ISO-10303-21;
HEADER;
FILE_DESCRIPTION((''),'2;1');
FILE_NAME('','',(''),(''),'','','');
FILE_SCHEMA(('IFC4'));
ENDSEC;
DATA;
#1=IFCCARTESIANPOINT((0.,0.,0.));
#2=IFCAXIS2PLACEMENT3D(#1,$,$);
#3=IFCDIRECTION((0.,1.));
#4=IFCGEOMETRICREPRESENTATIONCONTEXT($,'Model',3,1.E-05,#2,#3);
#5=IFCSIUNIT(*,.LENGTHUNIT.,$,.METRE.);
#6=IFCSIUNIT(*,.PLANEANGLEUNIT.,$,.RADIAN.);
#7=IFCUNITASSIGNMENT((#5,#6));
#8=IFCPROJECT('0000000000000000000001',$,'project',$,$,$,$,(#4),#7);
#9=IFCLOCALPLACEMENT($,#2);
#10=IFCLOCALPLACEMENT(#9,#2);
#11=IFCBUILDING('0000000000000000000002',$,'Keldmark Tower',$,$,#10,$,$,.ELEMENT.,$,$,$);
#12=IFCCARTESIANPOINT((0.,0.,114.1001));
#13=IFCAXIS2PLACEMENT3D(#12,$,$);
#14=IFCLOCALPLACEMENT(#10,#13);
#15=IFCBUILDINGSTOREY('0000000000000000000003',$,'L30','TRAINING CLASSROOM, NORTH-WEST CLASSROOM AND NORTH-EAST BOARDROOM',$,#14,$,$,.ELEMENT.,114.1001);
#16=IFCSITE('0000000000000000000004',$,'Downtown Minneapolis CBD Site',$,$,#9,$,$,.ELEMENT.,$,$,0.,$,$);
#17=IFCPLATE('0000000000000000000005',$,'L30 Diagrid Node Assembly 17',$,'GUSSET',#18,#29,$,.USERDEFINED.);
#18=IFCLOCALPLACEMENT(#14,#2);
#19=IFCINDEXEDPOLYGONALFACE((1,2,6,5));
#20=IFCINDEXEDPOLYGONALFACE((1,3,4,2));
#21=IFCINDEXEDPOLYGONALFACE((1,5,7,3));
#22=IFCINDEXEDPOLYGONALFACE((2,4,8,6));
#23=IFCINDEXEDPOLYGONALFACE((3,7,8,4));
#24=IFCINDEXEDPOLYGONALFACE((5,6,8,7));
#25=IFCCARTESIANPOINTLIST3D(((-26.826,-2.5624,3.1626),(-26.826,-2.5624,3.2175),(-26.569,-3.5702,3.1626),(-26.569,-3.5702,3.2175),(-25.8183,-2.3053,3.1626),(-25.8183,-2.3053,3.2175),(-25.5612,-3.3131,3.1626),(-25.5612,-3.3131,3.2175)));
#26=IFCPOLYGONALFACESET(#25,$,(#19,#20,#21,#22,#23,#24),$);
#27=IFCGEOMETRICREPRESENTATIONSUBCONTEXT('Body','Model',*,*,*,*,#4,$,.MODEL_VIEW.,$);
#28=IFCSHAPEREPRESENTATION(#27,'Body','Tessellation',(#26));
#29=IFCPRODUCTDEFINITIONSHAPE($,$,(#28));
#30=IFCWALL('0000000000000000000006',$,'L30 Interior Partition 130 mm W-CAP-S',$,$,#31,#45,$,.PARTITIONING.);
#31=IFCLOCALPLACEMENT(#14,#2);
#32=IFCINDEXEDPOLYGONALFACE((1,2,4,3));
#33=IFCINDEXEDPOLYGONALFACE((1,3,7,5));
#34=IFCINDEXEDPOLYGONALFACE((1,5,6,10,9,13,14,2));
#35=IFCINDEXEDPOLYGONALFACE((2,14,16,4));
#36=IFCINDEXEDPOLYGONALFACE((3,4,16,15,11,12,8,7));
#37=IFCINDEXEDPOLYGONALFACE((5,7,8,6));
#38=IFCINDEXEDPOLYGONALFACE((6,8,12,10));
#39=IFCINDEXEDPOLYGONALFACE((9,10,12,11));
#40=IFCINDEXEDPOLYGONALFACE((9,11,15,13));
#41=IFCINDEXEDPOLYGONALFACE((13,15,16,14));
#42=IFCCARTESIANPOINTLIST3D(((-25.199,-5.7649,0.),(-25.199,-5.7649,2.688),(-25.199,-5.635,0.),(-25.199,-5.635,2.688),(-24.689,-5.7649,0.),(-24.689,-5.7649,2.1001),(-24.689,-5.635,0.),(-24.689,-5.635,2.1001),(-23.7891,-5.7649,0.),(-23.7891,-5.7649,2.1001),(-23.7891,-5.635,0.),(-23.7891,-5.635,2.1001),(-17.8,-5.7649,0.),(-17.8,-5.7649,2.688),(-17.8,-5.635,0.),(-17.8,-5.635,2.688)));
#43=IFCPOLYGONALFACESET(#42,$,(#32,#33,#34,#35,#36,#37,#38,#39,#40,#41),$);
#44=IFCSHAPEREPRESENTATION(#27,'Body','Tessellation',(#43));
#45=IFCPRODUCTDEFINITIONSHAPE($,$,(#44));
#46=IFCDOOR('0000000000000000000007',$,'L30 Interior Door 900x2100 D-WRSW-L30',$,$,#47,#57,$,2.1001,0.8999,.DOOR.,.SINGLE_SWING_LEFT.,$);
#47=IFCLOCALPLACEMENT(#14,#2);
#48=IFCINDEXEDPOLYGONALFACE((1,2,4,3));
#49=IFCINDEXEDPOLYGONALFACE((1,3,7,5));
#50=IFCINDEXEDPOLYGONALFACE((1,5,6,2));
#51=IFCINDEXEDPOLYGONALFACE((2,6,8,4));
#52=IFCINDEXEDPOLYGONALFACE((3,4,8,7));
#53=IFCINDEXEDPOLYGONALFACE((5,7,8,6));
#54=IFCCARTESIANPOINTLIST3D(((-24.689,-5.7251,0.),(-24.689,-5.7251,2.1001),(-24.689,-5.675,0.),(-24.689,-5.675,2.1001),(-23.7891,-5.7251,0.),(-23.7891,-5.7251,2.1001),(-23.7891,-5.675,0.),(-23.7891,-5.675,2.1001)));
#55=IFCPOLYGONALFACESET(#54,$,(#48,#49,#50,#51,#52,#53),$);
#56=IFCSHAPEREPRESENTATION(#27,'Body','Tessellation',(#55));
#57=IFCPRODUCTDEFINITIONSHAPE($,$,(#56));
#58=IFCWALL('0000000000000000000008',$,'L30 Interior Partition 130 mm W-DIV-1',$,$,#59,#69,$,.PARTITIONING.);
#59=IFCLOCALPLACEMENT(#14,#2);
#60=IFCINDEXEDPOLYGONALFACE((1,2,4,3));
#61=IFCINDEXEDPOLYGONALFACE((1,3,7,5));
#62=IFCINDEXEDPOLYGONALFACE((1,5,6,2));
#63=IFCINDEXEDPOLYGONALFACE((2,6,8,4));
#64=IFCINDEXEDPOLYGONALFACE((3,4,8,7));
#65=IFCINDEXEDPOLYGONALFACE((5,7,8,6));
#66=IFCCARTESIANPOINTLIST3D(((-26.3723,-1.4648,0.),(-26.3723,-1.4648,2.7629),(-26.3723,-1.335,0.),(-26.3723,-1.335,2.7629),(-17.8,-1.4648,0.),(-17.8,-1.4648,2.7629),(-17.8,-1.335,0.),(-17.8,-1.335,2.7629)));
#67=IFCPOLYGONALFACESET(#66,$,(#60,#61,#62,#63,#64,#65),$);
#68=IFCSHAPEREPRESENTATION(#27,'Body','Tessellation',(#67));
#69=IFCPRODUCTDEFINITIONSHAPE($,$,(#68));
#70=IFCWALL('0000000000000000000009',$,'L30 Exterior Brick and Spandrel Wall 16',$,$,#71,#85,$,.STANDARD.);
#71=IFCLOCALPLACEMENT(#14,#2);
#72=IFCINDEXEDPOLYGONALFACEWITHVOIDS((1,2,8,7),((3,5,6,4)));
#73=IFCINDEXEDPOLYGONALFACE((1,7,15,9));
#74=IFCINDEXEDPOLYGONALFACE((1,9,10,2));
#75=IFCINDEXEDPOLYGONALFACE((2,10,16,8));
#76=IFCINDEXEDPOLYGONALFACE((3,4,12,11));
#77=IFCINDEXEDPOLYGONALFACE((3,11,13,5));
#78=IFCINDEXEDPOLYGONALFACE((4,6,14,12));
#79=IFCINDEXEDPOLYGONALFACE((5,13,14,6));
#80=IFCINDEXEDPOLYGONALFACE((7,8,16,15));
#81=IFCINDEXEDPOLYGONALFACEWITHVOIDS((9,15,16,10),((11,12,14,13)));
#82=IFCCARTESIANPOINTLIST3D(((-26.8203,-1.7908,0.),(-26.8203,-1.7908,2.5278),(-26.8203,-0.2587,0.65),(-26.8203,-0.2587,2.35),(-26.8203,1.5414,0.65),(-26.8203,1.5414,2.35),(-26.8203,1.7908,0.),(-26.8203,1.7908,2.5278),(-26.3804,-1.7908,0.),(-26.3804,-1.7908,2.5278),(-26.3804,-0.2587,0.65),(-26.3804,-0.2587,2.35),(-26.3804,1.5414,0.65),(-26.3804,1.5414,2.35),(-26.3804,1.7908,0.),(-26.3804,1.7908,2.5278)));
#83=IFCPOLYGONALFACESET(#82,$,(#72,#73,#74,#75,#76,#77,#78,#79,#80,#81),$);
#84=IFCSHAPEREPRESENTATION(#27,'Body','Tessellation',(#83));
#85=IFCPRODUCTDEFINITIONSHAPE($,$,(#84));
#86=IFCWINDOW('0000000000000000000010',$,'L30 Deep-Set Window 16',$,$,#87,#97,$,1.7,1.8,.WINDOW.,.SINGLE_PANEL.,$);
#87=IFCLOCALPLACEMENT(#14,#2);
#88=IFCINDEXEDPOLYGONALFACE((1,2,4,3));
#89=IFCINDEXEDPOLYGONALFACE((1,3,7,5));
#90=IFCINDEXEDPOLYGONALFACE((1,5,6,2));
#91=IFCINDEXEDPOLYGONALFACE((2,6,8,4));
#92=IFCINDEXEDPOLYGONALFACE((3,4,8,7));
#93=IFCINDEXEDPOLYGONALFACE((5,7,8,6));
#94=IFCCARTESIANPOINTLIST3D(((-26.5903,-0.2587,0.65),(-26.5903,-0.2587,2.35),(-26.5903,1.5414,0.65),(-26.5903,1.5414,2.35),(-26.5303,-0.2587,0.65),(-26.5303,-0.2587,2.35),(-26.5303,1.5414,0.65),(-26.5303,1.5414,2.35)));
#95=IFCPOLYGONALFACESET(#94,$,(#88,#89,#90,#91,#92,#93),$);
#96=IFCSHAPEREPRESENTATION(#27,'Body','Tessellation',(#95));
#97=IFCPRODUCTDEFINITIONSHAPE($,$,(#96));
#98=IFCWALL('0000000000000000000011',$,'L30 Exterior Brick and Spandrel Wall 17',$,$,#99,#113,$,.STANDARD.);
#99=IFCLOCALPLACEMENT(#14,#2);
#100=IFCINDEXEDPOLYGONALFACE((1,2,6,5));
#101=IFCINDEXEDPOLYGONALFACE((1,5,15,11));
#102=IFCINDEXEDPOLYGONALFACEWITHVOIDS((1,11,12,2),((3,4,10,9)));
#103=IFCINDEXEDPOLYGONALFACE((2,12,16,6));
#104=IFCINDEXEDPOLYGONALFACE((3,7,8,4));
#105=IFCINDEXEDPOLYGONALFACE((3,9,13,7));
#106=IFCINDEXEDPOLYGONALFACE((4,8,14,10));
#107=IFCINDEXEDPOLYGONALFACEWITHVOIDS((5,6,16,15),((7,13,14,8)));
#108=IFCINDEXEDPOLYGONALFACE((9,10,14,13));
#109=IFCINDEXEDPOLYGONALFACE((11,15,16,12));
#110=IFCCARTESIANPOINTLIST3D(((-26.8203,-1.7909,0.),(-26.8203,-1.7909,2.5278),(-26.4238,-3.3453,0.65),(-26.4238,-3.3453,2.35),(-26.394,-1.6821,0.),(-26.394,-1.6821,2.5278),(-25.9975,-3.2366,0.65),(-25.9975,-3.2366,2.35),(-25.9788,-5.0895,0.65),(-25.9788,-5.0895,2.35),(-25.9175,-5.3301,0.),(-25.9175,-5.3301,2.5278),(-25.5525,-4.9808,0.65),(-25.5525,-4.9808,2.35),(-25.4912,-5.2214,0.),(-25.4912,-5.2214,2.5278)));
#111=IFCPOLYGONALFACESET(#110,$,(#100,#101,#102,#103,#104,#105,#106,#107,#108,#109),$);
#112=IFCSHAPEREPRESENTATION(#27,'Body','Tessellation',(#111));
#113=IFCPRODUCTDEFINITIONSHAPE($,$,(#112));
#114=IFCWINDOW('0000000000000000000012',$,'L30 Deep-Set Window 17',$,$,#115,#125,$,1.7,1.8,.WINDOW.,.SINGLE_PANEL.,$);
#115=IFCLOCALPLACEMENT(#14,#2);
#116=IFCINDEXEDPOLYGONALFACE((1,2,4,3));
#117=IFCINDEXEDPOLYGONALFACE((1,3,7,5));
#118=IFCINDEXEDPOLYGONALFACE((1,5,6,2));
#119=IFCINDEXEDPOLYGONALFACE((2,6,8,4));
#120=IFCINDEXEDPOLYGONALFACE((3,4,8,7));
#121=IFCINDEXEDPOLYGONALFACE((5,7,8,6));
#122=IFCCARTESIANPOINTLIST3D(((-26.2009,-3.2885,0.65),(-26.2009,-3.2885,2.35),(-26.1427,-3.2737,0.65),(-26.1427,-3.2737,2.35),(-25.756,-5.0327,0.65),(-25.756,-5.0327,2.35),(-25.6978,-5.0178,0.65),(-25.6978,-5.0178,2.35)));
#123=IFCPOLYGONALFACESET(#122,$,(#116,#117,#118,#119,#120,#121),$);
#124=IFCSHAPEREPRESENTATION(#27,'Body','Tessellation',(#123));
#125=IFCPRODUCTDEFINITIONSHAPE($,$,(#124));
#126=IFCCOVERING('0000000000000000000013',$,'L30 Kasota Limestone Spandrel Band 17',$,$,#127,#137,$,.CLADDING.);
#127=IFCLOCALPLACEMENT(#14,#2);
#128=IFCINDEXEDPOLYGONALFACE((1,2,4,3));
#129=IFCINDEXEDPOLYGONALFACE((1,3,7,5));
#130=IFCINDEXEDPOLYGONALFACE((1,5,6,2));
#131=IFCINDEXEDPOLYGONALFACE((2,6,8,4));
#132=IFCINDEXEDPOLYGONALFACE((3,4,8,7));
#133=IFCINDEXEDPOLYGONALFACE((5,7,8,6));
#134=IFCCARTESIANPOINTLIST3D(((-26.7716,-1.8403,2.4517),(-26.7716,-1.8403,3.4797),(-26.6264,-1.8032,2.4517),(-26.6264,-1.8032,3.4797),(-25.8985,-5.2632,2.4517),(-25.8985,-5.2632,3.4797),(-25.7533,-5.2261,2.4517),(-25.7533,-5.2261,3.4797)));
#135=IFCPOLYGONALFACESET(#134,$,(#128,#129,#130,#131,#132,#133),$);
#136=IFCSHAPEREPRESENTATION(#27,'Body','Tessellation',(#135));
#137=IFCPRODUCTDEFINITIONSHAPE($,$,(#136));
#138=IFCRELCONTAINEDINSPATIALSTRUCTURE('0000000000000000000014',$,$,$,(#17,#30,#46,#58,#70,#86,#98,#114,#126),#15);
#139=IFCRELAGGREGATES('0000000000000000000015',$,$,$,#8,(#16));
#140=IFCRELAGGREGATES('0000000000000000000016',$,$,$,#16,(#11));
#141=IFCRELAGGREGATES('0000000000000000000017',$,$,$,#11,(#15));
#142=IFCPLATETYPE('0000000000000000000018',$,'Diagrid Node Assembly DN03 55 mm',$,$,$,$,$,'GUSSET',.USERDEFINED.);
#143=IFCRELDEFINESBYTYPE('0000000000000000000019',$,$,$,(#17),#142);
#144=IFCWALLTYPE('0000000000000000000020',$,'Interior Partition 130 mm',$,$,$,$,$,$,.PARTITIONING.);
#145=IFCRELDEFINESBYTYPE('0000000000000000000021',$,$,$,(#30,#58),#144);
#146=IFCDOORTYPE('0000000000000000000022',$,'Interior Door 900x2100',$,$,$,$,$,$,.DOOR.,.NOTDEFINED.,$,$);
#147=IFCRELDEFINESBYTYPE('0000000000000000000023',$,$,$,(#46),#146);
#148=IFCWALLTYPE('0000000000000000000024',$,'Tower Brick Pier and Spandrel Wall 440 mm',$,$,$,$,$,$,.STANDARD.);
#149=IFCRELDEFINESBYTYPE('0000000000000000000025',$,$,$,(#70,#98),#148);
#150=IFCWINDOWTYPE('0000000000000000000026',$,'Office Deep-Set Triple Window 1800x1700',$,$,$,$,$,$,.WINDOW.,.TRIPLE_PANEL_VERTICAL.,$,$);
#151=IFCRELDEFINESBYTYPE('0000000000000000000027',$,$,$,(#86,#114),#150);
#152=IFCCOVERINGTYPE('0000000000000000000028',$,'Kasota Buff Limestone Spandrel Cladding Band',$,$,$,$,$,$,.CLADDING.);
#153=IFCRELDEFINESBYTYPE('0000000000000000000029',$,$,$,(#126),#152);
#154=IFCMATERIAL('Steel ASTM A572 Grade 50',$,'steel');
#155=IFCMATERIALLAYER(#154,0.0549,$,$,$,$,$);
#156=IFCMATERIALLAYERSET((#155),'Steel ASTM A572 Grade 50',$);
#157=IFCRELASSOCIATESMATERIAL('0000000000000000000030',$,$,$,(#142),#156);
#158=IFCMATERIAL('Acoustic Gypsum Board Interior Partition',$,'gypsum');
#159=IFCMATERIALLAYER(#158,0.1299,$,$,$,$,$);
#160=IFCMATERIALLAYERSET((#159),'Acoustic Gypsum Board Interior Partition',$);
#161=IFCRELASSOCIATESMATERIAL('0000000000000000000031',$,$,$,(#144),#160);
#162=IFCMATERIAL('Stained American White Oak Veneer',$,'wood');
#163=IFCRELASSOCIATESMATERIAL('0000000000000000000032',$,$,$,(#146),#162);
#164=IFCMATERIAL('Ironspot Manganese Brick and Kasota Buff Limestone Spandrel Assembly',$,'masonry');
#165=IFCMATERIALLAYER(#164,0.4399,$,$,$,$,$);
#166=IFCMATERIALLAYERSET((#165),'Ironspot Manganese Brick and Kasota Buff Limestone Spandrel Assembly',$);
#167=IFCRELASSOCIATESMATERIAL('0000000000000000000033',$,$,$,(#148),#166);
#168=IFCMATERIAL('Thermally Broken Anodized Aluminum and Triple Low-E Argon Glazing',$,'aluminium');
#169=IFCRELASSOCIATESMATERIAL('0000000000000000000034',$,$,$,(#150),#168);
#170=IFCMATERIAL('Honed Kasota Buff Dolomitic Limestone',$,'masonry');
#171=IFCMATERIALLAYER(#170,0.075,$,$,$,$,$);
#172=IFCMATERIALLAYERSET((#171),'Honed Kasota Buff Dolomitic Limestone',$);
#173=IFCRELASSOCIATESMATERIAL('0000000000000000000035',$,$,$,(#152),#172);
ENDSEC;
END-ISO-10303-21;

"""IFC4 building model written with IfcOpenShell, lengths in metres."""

from ifc_helpers import new_model, si_unit, direction, frame, frame_2d, origin, origin_2d, place, context, subcontext, project, spatial, rectangle, extrude, material, layer, layer_set, type_object, element, fill, save


model = new_model("IFC4")

# Units and contexts
model_context = context("Model", 3, precision=1e-05, world=origin(), true_north=direction((0.0, 1.0)))
body_context = subcontext(model_context, "Body", "Model", "MODEL_VIEW")
ifc_project = project(units=[si_unit("LENGTHUNIT", "METRE"), si_unit("PLANEANGLEUNIT", "RADIAN")], contexts=[model_context])

# Site, building, storey
site_placement = place(None, origin())
site = spatial("IfcSite", under=ifc_project, at=site_placement, Name="Downtown Minneapolis CBD Site", CompositionType="ELEMENT", RefElevation=0.0)
building_placement = place(site_placement, origin())
building = spatial("IfcBuilding", under=site, at=building_placement, Name="Keldmark Tower", CompositionType="ELEMENT")
storey_placement = place(building_placement, frame((0.0, 0.0, 114.1001)))
storey = spatial("IfcBuildingStorey", under=building, at=storey_placement, Name="L30", Description="TRAINING CLASSROOM, NORTH-WEST CLASSROOM AND NORTH-EAST BOARDROOM", CompositionType="ELEMENT", Elevation=114.1001)

# Plate
ifc_material_1 = material(Name="Steel ASTM A572 Grade 50", Category="steel")
ifc_layer_1 = layer(ifc_material_1, 0.0549)
ifc_layer_set_1 = layer_set([ifc_layer_1], Name="Steel ASTM A572 Grade 50")
plate_type = type_object("IfcPlateType", Name="Diagrid Node Assembly DN03 55 mm", ElementType="GUSSET", PredefinedType="USERDEFINED", material=ifc_layer_set_1)
for number, where, z_axis, x_axis, name in (
    (1, (-26.1936, -2.9377, 3.1626), (0.0, 0.0, 1.0), (0.247168, -0.968973, 0.0), "L30 Diagrid Node Assembly 17"),
):
    element("IfcPlate", number, at=place(storey_placement, frame(where, z_axis=z_axis, x_axis=x_axis)), inside=storey, type_object=plate_type, Name=name, ObjectType="GUSSET", PredefinedType="USERDEFINED", context=body_context, shape_type="SweptSolid", body=[
        extrude(rectangle(XDim=1.04, YDim=1.04, at=origin_2d()), origin(), (0.0, 0.0, 1.0), 0.0549),
    ])

# Wall, opening, door
ifc_material_2 = material(Name="Acoustic Gypsum Board Interior Partition", Category="gypsum")
ifc_layer_2 = layer(ifc_material_2, 0.1299)
ifc_layer_set_2 = layer_set([ifc_layer_2], Name="Acoustic Gypsum Board Interior Partition")
wall_type_1 = type_object("IfcWallType", Name="Interior Partition 130 mm", PredefinedType="PARTITIONING", material=ifc_layer_set_2)
wall_1_placement = place(storey_placement, frame((-25.199, -5.7, 0.0), z_axis=(0.0, 0.0, 1.0), x_axis=(1.0, 0.0, 0.0)))
wall_1 = element("IfcWall", 2, at=wall_1_placement, inside=storey, type_object=wall_type_1, Name="L30 Interior Partition 130 mm W-CAP-S", PredefinedType="PARTITIONING", context=body_context, shape_type="SweptSolid", body=[
    extrude(rectangle(XDim=7.3989, YDim=0.1299, at=frame_2d((3.6995, 0.0))), origin(), (0.0, 0.0, 1.0), 2.688),
])
opening_1_placement = place(wall_1_placement, frame((0.51, 0.0, 0.0)))
opening_1 = element("IfcOpeningElement", 3, at=opening_1_placement, cuts=wall_1, PredefinedType="OPENING", context=body_context, shape_type="SweptSolid", body=[
    extrude(rectangle(XDim=0.8999, YDim=2.1001, at=frame_2d((0.45, 1.05))), frame((0.0, 0.075, 0.0), z_axis=(0.0, -1.0, 0.0), x_axis=(1.0, 0.0, 0.0)), (0.0, 0.0, 1.0), 0.1499),
])
ifc_material_3 = material(Name="Stained American White Oak Veneer", Category="wood")
door_type = type_object("IfcDoorType", Name="Interior Door 900x2100", OperationType="NOTDEFINED", PredefinedType="DOOR", material=ifc_material_3)
door_placement = place(opening_1_placement, origin())
door = element("IfcDoor", 4, at=door_placement, inside=storey, type_object=door_type, Name="L30 Interior Door 900x2100 D-WRSW-L30", OperationType="SINGLE_SWING_LEFT", OverallHeight=2.1001, OverallWidth=0.8999, PredefinedType="DOOR", context=body_context, shape_type="SweptSolid", body=[
    extrude(rectangle(XDim=0.8999, YDim=2.1001, at=frame_2d((0.45, 1.05))), frame((0.0, 0.0249, 0.0), z_axis=(0.0, -1.0, 0.0), x_axis=(1.0, 0.0, 0.0)), (0.0, 0.0, 1.0), 0.05),
])
fill(opening_1, door)

# Wall
wall_2_placement = place(storey_placement, frame((-26.3723, -1.3999, 0.0), z_axis=(0.0, 0.0, 1.0), x_axis=(1.0, 0.0, 0.0)))
element("IfcWall", 5, at=wall_2_placement, inside=storey, type_object=wall_type_1, Name="L30 Interior Partition 130 mm W-DIV-1", PredefinedType="PARTITIONING", context=body_context, shape_type="SweptSolid", body=[
    extrude(rectangle(XDim=8.5723, YDim=0.1299, at=frame_2d((4.2861, 0.0))), origin(), (0.0, 0.0, 1.0), 2.7629),
])

# Walls, openings, windows
ifc_material_4 = material(Name="Ironspot Manganese Brick and Kasota Buff Limestone Spandrel Assembly", Category="masonry")
ifc_layer_3 = layer(ifc_material_4, 0.4399)
ifc_layer_set_3 = layer_set([ifc_layer_3], Name="Ironspot Manganese Brick and Kasota Buff Limestone Spandrel Assembly")
wall_type_2 = type_object("IfcWallType", Name="Tower Brick Pier and Spandrel Wall 440 mm", PredefinedType="STANDARD", material=ifc_layer_set_3)
wall_3_placement = place(storey_placement, frame((-26.6003, -1.7908, 0.0), z_axis=(0.0, 0.0, 1.0), x_axis=(0.0, 1.0, 0.0)))
wall_3 = element("IfcWall", 6, at=wall_3_placement, inside=storey, type_object=wall_type_2, Name="L30 Exterior Brick and Spandrel Wall 16", PredefinedType="STANDARD", context=body_context, shape_type="SweptSolid", body=[
    extrude(rectangle(XDim=3.5815, YDim=0.4399, at=frame_2d((1.7908, 0.0))), origin(), (0.0, 0.0, 1.0), 2.5278),
])
opening_2_placement = place(wall_3_placement, frame((1.5322, 0.0, 0.6499)))
opening_2 = element("IfcOpeningElement", 7, at=opening_2_placement, cuts=wall_3, PredefinedType="OPENING", context=body_context, shape_type="SweptSolid", body=[
    extrude(rectangle(XDim=1.8, YDim=1.7, at=frame_2d((0.8999, 0.8501))), frame((0.0, 0.23, 0.0), z_axis=(0.0, -1.0, 0.0), x_axis=(1.0, 0.0, 0.0)), (0.0, 0.0, 1.0), 0.46),
])
ifc_material_5 = material(Name="Thermally Broken Anodized Aluminum and Triple Low-E Argon Glazing", Category="aluminium")
window_type = type_object("IfcWindowType", Name="Office Deep-Set Triple Window 1800x1700", PartitioningType="TRIPLE_PANEL_VERTICAL", PredefinedType="WINDOW", material=ifc_material_5)
window_1_placement = place(opening_2_placement, origin())
window_1 = element("IfcWindow", 8, at=window_1_placement, inside=storey, type_object=window_type, Name="L30 Deep-Set Window 16", OverallHeight=1.7, OverallWidth=1.8, PartitioningType="SINGLE_PANEL", PredefinedType="WINDOW", context=body_context, shape_type="SweptSolid", body=[
    extrude(rectangle(XDim=1.8, YDim=1.7, at=frame_2d((0.8999, 0.8501))), frame((0.0, -0.01, 0.0), z_axis=(0.0, -1.0, 0.0), x_axis=(1.0, 0.0, 0.0)), (0.0, 0.0, 1.0), 0.0601),
])
fill(opening_2, window_1)
wall_4_placement = place(storey_placement, frame((-25.7043, -5.2756, 0.0), z_axis=(0.0, 0.0, 1.0), x_axis=(-0.247172, 0.968972, 0.0)))
wall_4 = element("IfcWall", 9, at=wall_4_placement, inside=storey, type_object=wall_type_2, Name="L30 Exterior Brick and Spandrel Wall 17", PredefinedType="STANDARD", context=body_context, shape_type="SweptSolid", body=[
    extrude(rectangle(XDim=3.6526, YDim=0.4399, at=frame_2d((1.8262, 0.0))), origin(), (0.0, 0.0, 1.0), 2.5278),
])
opening_3_placement = place(wall_4_placement, frame((0.2483, 0.0, 0.6499)))
opening_3 = element("IfcOpeningElement", 10, at=opening_3_placement, cuts=wall_4, PredefinedType="OPENING", context=body_context, shape_type="SweptSolid", body=[
    extrude(rectangle(XDim=1.8, YDim=1.7, at=frame_2d((0.8999, 0.8501))), frame((0.0, 0.23, 0.0), z_axis=(0.0, -1.0, 0.0), x_axis=(1.0, 0.0, 0.0)), (0.0, 0.0, 1.0), 0.46),
])
window_2_placement = place(opening_3_placement, origin())
window_2 = element("IfcWindow", 11, at=window_2_placement, inside=storey, type_object=window_type, Name="L30 Deep-Set Window 17", OverallHeight=1.7, OverallWidth=1.8, PartitioningType="SINGLE_PANEL", PredefinedType="WINDOW", context=body_context, shape_type="SweptSolid", body=[
    extrude(rectangle(XDim=1.8, YDim=1.7, at=frame_2d((0.8999, 0.8501))), frame((0.0, -0.01, 0.0), z_axis=(0.0, -1.0, 0.0), x_axis=(1.0, 0.0, 0.0)), (0.0, 0.0, 1.0), 0.0601),
])
fill(opening_3, window_2)

# Covering
ifc_material_6 = material(Name="Honed Kasota Buff Dolomitic Limestone", Category="masonry")
ifc_layer_4 = layer(ifc_material_6, 0.075)
ifc_layer_set_4 = layer_set([ifc_layer_4], Name="Honed Kasota Buff Dolomitic Limestone")
covering_type = type_object("IfcCoveringType", Name="Kasota Buff Limestone Spandrel Cladding Band", PredefinedType="CLADDING", material=ifc_layer_set_4)
covering_placement = place(storey_placement, frame((-26.2625, -3.5332, 2.4517), z_axis=(0.0, 0.0, 1.0), x_axis=(0.247168, -0.968973, 0.0)))
element("IfcCovering", 12, at=covering_placement, inside=storey, type_object=covering_type, Name="L30 Kasota Limestone Spandrel Band 17", PredefinedType="CLADDING", context=body_context, shape_type="SweptSolid", body=[
    extrude(rectangle(XDim=3.5325, YDim=0.1499, at=origin_2d()), origin(), (0.0, 0.0, 1.0), 1.0281),
])

save(model, "model.ifc")
